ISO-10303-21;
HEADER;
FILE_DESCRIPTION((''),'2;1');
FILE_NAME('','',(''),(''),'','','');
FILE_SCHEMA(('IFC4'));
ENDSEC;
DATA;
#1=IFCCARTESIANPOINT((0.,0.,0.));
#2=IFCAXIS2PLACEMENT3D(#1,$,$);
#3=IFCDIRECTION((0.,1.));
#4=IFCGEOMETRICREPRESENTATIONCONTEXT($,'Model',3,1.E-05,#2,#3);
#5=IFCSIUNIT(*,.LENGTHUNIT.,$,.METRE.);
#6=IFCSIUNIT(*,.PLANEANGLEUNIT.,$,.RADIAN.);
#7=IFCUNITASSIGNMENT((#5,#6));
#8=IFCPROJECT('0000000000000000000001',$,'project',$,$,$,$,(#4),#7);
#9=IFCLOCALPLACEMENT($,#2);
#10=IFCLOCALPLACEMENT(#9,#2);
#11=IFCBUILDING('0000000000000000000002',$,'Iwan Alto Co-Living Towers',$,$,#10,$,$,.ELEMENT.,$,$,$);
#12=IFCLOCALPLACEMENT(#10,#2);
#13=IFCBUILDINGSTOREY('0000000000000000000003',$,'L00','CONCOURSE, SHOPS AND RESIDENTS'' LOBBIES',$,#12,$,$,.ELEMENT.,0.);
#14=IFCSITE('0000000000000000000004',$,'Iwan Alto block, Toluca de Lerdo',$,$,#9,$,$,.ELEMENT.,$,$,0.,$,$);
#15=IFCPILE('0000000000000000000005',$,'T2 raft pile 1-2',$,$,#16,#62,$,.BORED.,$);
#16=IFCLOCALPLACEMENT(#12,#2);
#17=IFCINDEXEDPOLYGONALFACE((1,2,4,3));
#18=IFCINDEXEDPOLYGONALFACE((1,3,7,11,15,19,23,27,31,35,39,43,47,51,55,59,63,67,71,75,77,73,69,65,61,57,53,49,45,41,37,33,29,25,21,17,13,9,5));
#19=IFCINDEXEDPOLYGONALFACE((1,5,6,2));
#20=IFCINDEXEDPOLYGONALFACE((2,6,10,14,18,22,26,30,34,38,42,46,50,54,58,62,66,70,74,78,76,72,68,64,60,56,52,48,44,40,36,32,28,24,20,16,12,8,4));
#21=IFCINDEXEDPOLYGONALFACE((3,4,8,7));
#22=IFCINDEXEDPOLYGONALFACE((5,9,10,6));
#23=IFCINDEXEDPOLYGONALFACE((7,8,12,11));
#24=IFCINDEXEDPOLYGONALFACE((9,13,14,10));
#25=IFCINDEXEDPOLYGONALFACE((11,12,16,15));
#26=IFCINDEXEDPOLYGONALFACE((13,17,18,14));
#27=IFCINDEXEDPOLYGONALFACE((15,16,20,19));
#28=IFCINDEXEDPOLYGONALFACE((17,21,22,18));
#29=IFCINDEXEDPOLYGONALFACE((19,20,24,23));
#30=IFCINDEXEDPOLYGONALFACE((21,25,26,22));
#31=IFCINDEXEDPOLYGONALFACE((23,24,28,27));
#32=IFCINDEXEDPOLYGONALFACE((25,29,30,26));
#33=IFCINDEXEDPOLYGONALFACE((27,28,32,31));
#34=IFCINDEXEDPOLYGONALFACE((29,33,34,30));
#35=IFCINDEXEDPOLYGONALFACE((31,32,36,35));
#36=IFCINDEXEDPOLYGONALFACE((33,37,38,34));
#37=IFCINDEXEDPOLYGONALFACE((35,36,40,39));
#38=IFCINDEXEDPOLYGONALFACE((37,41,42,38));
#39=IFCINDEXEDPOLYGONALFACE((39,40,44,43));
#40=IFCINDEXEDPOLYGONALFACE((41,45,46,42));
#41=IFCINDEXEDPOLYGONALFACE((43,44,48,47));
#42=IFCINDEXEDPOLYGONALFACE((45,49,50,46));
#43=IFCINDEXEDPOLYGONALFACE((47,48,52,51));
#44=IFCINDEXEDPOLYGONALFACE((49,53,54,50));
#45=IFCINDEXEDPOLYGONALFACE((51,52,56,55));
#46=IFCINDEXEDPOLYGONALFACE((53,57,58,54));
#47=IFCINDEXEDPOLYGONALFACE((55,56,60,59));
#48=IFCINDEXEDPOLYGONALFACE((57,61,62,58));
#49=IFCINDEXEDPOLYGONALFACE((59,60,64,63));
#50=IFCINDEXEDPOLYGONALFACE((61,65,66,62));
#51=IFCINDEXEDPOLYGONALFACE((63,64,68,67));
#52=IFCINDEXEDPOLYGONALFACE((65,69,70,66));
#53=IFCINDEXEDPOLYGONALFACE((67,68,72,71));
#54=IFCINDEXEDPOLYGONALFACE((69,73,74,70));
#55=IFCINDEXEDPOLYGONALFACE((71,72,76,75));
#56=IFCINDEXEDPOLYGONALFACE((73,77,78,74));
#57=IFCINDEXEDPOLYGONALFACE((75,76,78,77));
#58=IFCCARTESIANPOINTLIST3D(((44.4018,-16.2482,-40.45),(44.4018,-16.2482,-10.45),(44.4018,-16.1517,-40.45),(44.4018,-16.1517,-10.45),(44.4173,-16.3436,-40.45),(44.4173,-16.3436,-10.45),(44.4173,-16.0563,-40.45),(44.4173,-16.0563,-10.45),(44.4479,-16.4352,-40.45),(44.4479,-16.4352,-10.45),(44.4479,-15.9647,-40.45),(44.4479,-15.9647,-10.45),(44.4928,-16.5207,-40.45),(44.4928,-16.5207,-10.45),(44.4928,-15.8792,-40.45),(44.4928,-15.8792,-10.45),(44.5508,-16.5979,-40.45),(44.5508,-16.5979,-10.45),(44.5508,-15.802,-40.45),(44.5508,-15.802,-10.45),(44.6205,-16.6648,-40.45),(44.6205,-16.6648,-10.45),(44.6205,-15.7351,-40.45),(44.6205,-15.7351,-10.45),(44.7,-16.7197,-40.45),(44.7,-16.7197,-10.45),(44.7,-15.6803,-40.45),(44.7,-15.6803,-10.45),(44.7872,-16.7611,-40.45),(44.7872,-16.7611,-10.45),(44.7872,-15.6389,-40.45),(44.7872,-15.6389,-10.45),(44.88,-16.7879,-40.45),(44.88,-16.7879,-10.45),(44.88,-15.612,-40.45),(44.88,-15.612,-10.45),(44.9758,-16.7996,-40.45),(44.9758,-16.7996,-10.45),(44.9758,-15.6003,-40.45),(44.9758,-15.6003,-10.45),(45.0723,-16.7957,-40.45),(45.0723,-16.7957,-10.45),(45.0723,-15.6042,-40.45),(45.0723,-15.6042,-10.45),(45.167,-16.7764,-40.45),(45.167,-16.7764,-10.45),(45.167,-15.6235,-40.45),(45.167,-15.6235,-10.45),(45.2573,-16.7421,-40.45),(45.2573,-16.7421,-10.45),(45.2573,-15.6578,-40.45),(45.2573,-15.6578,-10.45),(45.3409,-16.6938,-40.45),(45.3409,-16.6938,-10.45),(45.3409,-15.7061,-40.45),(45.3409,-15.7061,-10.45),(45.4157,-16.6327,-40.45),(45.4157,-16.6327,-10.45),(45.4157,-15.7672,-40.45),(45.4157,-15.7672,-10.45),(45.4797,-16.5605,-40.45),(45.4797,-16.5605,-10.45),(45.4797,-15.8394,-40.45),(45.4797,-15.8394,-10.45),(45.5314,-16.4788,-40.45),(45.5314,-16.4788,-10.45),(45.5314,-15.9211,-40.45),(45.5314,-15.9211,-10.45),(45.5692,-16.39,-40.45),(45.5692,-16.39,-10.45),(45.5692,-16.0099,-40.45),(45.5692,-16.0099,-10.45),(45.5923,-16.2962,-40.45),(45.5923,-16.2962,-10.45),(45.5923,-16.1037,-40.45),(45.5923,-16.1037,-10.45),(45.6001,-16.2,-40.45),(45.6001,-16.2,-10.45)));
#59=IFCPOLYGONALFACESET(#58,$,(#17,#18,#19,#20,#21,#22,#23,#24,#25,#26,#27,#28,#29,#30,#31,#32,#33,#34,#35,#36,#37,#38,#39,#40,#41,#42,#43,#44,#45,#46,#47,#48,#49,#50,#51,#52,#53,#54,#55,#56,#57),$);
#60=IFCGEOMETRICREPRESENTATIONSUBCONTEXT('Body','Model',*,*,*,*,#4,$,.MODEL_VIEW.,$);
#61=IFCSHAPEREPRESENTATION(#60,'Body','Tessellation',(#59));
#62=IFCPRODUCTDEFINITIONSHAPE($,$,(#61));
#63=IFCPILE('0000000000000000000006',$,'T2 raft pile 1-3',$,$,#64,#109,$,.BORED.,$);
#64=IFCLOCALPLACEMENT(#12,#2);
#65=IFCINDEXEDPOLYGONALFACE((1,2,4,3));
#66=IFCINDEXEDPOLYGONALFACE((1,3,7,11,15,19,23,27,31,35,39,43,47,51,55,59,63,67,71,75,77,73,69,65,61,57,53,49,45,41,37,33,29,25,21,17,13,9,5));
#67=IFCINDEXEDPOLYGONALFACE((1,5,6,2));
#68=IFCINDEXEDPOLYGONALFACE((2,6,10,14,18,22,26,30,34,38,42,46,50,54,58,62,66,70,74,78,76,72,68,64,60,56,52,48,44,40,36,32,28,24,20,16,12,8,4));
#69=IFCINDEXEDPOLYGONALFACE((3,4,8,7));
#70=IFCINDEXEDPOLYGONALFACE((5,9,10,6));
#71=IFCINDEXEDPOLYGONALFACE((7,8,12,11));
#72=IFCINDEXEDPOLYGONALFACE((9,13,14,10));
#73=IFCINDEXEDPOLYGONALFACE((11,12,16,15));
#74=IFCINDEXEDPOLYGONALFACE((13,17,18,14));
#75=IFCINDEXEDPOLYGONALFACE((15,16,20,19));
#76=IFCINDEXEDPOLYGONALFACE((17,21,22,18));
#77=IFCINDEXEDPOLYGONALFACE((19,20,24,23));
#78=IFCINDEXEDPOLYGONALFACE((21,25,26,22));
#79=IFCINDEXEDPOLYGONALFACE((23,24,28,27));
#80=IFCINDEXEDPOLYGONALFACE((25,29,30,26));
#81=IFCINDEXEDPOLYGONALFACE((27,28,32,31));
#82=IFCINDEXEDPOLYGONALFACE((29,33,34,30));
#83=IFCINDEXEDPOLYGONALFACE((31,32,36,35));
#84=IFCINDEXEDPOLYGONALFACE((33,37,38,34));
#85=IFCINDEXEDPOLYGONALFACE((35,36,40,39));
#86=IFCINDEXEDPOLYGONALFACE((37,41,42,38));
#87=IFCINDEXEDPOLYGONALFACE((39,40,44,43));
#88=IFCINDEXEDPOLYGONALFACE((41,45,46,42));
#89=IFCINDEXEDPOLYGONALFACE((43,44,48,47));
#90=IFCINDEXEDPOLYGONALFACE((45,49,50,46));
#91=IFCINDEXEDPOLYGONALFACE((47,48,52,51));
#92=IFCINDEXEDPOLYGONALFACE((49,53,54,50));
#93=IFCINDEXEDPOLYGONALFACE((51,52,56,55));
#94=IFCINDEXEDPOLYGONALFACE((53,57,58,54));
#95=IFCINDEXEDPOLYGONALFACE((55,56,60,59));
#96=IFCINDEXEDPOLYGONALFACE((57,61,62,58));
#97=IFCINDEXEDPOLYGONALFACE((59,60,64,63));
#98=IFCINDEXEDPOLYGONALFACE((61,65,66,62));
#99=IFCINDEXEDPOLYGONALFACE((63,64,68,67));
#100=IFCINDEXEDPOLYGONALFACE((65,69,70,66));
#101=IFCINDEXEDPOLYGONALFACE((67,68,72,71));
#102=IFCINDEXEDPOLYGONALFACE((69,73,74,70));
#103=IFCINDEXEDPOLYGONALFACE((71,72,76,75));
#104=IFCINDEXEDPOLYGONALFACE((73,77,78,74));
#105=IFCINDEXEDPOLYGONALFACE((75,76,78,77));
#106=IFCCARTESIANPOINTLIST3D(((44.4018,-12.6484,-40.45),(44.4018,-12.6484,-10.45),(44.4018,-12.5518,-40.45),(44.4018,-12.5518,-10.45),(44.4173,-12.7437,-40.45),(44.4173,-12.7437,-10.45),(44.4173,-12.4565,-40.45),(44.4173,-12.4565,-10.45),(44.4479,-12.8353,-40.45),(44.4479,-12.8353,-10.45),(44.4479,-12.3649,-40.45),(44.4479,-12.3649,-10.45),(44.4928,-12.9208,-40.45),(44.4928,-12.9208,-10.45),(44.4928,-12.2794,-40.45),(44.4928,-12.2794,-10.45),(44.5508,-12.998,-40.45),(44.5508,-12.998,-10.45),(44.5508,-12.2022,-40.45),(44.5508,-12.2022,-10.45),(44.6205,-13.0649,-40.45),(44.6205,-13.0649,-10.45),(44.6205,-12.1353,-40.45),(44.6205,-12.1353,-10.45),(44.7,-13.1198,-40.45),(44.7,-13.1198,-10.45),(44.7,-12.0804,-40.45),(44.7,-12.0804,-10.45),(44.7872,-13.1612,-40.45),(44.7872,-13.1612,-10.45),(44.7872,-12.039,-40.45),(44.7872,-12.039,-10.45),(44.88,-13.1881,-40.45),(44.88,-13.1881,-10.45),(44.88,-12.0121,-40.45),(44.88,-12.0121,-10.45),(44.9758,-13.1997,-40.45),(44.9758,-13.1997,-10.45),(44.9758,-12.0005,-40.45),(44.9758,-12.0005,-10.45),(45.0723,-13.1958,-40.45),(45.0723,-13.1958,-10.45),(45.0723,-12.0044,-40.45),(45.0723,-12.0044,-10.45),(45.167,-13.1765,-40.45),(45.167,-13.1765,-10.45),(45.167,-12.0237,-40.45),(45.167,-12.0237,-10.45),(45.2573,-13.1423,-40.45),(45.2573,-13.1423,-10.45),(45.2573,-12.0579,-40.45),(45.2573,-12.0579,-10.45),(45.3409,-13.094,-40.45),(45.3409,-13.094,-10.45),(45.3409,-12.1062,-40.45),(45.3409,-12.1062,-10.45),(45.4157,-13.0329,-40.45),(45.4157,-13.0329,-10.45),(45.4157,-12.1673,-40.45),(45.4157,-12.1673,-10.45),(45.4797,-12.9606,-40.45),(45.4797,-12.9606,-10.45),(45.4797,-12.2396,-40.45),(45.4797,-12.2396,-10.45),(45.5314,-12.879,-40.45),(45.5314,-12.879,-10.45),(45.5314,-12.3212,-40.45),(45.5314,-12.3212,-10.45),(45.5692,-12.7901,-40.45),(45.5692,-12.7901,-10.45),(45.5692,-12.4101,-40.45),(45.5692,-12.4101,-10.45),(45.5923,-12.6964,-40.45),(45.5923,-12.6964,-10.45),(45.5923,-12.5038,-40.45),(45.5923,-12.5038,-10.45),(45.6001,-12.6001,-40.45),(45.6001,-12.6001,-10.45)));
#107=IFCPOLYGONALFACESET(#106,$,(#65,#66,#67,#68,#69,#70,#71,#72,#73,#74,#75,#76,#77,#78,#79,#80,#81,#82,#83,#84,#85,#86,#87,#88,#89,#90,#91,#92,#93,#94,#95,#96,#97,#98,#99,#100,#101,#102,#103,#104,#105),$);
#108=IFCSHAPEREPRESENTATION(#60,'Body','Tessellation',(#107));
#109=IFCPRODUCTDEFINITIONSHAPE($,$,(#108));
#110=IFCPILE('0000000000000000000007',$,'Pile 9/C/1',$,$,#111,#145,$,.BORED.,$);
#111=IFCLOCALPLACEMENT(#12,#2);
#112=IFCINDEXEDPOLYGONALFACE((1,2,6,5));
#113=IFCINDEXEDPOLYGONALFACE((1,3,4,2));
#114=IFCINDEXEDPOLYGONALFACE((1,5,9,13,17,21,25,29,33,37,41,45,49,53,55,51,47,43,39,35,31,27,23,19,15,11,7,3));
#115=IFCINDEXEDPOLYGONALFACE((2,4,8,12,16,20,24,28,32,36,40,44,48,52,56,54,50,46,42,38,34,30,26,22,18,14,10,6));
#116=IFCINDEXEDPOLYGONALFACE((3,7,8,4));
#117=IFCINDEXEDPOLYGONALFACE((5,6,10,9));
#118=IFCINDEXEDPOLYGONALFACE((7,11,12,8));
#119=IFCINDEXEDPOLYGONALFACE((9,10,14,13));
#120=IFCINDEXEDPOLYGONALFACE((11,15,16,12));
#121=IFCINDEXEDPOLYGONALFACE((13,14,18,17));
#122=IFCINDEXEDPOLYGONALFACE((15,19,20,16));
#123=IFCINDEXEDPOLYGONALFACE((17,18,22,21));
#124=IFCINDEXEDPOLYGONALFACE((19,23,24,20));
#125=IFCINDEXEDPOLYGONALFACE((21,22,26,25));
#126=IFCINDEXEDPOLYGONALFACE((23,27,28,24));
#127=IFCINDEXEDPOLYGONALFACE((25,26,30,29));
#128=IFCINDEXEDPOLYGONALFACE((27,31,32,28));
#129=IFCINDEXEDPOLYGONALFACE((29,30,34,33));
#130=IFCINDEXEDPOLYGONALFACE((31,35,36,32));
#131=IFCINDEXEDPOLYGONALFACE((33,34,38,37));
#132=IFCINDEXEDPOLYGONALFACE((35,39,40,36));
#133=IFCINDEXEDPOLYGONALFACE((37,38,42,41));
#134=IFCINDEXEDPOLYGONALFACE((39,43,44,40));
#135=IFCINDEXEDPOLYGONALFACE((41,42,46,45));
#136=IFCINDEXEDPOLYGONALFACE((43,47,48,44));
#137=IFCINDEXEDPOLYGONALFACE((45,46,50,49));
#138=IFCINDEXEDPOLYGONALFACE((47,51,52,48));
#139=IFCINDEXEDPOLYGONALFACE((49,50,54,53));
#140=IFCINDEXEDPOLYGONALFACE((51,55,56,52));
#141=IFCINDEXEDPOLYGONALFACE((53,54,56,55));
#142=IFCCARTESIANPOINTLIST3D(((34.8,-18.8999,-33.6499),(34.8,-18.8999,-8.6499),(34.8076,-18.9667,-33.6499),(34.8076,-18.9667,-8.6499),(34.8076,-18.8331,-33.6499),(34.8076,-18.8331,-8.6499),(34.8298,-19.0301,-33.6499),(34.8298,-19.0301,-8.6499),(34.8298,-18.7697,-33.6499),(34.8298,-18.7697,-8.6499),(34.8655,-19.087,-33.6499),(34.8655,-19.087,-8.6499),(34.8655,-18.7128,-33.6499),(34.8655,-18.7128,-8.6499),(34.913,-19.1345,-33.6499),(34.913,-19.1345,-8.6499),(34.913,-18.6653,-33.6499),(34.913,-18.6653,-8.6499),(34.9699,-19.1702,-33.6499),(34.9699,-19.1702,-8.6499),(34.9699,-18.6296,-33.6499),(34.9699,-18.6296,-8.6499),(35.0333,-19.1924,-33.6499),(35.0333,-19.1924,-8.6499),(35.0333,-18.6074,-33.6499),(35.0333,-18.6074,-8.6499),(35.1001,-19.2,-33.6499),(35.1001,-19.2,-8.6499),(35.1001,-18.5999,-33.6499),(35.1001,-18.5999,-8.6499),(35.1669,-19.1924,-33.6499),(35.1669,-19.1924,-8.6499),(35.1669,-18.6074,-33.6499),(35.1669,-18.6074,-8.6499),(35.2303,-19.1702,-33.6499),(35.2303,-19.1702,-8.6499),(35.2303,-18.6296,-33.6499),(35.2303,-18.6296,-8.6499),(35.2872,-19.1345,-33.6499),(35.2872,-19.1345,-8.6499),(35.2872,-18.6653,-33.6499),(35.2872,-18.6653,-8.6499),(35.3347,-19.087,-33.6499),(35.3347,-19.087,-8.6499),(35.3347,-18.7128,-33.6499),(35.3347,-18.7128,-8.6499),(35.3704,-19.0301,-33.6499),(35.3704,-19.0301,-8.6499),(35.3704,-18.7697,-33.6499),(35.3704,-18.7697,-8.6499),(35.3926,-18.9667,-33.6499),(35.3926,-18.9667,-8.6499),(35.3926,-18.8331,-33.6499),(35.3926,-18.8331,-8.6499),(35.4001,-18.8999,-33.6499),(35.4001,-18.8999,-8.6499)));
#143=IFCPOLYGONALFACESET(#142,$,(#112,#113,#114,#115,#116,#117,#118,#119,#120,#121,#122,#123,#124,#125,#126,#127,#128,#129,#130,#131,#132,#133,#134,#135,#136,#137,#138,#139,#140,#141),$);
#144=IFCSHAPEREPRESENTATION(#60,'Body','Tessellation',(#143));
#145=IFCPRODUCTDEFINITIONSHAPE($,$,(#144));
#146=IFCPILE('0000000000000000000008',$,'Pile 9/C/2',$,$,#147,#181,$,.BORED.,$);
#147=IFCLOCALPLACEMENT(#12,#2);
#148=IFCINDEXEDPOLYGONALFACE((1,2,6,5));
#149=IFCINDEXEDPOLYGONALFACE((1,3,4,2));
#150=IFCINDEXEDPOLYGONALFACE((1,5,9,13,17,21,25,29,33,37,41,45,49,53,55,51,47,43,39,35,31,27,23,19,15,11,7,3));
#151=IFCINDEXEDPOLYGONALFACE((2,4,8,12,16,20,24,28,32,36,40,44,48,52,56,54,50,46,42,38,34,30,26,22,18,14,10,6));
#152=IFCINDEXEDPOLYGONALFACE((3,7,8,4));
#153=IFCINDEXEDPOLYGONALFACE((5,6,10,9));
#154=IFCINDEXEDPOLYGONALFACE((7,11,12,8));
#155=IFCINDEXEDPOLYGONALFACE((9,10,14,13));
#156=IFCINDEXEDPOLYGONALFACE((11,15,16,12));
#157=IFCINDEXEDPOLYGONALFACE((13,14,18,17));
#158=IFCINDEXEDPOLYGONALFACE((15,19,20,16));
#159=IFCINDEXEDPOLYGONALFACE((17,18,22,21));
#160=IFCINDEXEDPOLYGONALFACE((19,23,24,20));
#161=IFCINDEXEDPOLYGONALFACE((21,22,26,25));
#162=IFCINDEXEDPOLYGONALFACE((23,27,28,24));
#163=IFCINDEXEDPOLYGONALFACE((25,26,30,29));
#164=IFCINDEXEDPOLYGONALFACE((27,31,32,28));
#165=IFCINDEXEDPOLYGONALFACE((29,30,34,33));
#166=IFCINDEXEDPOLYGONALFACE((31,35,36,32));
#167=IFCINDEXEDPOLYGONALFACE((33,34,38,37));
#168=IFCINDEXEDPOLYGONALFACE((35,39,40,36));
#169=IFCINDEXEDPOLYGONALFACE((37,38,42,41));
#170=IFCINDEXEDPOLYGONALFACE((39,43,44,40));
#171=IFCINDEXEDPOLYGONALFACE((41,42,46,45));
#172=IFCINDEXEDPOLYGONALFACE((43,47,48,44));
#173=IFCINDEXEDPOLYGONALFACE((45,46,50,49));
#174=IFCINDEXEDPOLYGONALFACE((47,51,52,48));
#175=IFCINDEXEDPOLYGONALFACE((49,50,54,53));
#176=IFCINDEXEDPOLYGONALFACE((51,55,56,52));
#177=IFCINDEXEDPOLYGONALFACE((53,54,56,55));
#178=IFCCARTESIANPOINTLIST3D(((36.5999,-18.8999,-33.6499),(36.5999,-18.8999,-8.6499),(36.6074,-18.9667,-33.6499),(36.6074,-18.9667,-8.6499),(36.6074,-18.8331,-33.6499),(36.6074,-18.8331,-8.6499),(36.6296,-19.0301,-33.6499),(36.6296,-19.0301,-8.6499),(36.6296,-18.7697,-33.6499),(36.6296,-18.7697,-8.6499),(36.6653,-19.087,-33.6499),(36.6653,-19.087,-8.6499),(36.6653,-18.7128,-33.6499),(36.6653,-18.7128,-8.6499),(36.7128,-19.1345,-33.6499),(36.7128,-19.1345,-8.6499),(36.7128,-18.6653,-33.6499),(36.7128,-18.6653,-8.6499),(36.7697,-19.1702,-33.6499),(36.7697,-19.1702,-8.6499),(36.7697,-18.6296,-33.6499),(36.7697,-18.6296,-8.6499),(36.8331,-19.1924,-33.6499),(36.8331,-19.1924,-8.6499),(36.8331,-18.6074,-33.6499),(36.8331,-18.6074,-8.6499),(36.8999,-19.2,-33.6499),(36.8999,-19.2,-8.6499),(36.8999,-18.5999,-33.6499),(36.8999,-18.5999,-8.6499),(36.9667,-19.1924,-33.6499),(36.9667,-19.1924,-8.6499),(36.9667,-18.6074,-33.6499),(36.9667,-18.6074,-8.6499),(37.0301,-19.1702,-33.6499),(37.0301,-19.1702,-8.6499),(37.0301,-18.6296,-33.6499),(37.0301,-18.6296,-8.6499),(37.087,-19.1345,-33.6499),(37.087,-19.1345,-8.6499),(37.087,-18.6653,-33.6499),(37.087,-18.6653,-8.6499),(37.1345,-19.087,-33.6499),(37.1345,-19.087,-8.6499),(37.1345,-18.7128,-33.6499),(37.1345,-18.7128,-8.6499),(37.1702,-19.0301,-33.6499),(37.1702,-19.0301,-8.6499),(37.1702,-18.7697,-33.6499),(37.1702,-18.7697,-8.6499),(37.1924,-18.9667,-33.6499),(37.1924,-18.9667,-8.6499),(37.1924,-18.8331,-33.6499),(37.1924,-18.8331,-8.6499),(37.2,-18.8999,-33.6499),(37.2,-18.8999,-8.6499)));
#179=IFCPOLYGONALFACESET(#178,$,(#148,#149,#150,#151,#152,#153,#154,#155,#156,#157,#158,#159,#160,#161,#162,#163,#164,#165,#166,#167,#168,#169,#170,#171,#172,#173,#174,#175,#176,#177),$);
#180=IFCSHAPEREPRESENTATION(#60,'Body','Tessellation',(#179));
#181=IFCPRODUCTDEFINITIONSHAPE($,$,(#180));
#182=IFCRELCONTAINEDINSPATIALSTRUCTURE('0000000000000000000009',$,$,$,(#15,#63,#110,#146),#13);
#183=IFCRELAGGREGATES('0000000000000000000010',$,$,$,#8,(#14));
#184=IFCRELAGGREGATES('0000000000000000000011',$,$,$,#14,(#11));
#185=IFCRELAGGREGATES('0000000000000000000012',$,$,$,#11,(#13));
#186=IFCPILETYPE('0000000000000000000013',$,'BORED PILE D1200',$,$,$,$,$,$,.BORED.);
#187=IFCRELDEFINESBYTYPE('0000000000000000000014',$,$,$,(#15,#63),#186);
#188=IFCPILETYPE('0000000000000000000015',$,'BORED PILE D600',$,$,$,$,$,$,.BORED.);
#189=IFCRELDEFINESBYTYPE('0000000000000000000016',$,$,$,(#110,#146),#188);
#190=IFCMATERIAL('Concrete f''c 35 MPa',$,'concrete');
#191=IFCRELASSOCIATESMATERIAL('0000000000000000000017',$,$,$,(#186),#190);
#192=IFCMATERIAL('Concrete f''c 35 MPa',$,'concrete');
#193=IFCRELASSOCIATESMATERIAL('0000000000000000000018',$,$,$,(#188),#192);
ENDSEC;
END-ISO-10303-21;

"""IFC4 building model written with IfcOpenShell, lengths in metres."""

from ifc_helpers import new_model, si_unit, direction, frame, origin, origin_2d, place, context, subcontext, project, spatial, circle, extrude, material, material_profile, profile_set, type_object, element, save


model = new_model("IFC4")

# Units and contexts
model_context = context("Model", 3, precision=1e-05, world=origin(), true_north=direction((0.0, 1.0)))
body_context = subcontext(model_context, "Body", "Model", "MODEL_VIEW")
ifc_project = project(units=[si_unit("LENGTHUNIT", "METRE"), si_unit("PLANEANGLEUNIT", "RADIAN")], contexts=[model_context])

# Site, building, storey
site_placement = place(None, origin())
site = spatial("IfcSite", under=ifc_project, at=site_placement, Name="Iwan Alto block, Toluca de Lerdo", CompositionType="ELEMENT", RefElevation=0.0)
building_placement = place(site_placement, origin())
building = spatial("IfcBuilding", under=site, at=building_placement, Name="Iwan Alto Co-Living Towers", CompositionType="ELEMENT")
storey_placement = place(building_placement, origin())
storey = spatial("IfcBuildingStorey", under=building, at=storey_placement, Name="L00", Description="CONCOURSE, SHOPS AND RESIDENTS' LOBBIES", CompositionType="ELEMENT", Elevation=0.0)

# Piles
ifc_material_1 = material(Name="Concrete f'c 35 MPa", Category="concrete")
ifc_material_profile_1 = material_profile(ifc_material_1, circle(Radius=0.6001, at=origin_2d()), Name="D1200")
ifc_profile_set_1 = profile_set([ifc_material_profile_1], Name="Concrete f'c 35 MPa")
pile_type_1 = type_object("IfcPileType", Name="BORED PILE D1200", PredefinedType="BORED", material=ifc_profile_set_1)
for number, where, z_axis, x_axis, name in (
    (1, (45.0, -16.2, -10.45), (0.0, 0.0, -1.0), (1.0, 0.0, 0.0), "T2 raft pile 1-2"),
    (2, (45.0, -12.6001, -10.45), (0.0, 0.0, -1.0), (1.0, 0.0, 0.0), "T2 raft pile 1-3"),
):
    element("IfcPile", number, at=place(storey_placement, frame(where, z_axis=z_axis, x_axis=x_axis)), inside=storey, type_object=pile_type_1, Name=name, PredefinedType="BORED", context=body_context, shape_type="SweptSolid", body=[
        extrude(circle(Radius=0.6001, at=origin_2d()), origin(), (0.0, 0.0, 1.0), 30.0),
    ])
ifc_material_2 = material(Name="Concrete f'c 35 MPa", Category="concrete")
ifc_material_profile_2 = material_profile(ifc_material_2, circle(Radius=0.3, at=origin_2d()), Name="D600")
ifc_profile_set_2 = profile_set([ifc_material_profile_2], Name="Concrete f'c 35 MPa")
pile_type_2 = type_object("IfcPileType", Name="BORED PILE D600", PredefinedType="BORED", material=ifc_profile_set_2)
for number, where, z_axis, x_axis, name in (
    (3, (35.1001, -18.8999, -8.6499), (0.0, 0.0, -1.0), (1.0, 0.0, 0.0), "Pile 9/C/1"),
    (4, (36.8999, -18.8999, -8.6499), (0.0, 0.0, -1.0), (1.0, 0.0, 0.0), "Pile 9/C/2"),
):
    element("IfcPile", number, at=place(storey_placement, frame(where, z_axis=z_axis, x_axis=x_axis)), inside=storey, type_object=pile_type_2, Name=name, PredefinedType="BORED", context=body_context, shape_type="SweptSolid", body=[
        extrude(circle(Radius=0.3, at=origin_2d()), origin(), (0.0, 0.0, 1.0), 25.0),
    ])

save(model, "model.ifc")
